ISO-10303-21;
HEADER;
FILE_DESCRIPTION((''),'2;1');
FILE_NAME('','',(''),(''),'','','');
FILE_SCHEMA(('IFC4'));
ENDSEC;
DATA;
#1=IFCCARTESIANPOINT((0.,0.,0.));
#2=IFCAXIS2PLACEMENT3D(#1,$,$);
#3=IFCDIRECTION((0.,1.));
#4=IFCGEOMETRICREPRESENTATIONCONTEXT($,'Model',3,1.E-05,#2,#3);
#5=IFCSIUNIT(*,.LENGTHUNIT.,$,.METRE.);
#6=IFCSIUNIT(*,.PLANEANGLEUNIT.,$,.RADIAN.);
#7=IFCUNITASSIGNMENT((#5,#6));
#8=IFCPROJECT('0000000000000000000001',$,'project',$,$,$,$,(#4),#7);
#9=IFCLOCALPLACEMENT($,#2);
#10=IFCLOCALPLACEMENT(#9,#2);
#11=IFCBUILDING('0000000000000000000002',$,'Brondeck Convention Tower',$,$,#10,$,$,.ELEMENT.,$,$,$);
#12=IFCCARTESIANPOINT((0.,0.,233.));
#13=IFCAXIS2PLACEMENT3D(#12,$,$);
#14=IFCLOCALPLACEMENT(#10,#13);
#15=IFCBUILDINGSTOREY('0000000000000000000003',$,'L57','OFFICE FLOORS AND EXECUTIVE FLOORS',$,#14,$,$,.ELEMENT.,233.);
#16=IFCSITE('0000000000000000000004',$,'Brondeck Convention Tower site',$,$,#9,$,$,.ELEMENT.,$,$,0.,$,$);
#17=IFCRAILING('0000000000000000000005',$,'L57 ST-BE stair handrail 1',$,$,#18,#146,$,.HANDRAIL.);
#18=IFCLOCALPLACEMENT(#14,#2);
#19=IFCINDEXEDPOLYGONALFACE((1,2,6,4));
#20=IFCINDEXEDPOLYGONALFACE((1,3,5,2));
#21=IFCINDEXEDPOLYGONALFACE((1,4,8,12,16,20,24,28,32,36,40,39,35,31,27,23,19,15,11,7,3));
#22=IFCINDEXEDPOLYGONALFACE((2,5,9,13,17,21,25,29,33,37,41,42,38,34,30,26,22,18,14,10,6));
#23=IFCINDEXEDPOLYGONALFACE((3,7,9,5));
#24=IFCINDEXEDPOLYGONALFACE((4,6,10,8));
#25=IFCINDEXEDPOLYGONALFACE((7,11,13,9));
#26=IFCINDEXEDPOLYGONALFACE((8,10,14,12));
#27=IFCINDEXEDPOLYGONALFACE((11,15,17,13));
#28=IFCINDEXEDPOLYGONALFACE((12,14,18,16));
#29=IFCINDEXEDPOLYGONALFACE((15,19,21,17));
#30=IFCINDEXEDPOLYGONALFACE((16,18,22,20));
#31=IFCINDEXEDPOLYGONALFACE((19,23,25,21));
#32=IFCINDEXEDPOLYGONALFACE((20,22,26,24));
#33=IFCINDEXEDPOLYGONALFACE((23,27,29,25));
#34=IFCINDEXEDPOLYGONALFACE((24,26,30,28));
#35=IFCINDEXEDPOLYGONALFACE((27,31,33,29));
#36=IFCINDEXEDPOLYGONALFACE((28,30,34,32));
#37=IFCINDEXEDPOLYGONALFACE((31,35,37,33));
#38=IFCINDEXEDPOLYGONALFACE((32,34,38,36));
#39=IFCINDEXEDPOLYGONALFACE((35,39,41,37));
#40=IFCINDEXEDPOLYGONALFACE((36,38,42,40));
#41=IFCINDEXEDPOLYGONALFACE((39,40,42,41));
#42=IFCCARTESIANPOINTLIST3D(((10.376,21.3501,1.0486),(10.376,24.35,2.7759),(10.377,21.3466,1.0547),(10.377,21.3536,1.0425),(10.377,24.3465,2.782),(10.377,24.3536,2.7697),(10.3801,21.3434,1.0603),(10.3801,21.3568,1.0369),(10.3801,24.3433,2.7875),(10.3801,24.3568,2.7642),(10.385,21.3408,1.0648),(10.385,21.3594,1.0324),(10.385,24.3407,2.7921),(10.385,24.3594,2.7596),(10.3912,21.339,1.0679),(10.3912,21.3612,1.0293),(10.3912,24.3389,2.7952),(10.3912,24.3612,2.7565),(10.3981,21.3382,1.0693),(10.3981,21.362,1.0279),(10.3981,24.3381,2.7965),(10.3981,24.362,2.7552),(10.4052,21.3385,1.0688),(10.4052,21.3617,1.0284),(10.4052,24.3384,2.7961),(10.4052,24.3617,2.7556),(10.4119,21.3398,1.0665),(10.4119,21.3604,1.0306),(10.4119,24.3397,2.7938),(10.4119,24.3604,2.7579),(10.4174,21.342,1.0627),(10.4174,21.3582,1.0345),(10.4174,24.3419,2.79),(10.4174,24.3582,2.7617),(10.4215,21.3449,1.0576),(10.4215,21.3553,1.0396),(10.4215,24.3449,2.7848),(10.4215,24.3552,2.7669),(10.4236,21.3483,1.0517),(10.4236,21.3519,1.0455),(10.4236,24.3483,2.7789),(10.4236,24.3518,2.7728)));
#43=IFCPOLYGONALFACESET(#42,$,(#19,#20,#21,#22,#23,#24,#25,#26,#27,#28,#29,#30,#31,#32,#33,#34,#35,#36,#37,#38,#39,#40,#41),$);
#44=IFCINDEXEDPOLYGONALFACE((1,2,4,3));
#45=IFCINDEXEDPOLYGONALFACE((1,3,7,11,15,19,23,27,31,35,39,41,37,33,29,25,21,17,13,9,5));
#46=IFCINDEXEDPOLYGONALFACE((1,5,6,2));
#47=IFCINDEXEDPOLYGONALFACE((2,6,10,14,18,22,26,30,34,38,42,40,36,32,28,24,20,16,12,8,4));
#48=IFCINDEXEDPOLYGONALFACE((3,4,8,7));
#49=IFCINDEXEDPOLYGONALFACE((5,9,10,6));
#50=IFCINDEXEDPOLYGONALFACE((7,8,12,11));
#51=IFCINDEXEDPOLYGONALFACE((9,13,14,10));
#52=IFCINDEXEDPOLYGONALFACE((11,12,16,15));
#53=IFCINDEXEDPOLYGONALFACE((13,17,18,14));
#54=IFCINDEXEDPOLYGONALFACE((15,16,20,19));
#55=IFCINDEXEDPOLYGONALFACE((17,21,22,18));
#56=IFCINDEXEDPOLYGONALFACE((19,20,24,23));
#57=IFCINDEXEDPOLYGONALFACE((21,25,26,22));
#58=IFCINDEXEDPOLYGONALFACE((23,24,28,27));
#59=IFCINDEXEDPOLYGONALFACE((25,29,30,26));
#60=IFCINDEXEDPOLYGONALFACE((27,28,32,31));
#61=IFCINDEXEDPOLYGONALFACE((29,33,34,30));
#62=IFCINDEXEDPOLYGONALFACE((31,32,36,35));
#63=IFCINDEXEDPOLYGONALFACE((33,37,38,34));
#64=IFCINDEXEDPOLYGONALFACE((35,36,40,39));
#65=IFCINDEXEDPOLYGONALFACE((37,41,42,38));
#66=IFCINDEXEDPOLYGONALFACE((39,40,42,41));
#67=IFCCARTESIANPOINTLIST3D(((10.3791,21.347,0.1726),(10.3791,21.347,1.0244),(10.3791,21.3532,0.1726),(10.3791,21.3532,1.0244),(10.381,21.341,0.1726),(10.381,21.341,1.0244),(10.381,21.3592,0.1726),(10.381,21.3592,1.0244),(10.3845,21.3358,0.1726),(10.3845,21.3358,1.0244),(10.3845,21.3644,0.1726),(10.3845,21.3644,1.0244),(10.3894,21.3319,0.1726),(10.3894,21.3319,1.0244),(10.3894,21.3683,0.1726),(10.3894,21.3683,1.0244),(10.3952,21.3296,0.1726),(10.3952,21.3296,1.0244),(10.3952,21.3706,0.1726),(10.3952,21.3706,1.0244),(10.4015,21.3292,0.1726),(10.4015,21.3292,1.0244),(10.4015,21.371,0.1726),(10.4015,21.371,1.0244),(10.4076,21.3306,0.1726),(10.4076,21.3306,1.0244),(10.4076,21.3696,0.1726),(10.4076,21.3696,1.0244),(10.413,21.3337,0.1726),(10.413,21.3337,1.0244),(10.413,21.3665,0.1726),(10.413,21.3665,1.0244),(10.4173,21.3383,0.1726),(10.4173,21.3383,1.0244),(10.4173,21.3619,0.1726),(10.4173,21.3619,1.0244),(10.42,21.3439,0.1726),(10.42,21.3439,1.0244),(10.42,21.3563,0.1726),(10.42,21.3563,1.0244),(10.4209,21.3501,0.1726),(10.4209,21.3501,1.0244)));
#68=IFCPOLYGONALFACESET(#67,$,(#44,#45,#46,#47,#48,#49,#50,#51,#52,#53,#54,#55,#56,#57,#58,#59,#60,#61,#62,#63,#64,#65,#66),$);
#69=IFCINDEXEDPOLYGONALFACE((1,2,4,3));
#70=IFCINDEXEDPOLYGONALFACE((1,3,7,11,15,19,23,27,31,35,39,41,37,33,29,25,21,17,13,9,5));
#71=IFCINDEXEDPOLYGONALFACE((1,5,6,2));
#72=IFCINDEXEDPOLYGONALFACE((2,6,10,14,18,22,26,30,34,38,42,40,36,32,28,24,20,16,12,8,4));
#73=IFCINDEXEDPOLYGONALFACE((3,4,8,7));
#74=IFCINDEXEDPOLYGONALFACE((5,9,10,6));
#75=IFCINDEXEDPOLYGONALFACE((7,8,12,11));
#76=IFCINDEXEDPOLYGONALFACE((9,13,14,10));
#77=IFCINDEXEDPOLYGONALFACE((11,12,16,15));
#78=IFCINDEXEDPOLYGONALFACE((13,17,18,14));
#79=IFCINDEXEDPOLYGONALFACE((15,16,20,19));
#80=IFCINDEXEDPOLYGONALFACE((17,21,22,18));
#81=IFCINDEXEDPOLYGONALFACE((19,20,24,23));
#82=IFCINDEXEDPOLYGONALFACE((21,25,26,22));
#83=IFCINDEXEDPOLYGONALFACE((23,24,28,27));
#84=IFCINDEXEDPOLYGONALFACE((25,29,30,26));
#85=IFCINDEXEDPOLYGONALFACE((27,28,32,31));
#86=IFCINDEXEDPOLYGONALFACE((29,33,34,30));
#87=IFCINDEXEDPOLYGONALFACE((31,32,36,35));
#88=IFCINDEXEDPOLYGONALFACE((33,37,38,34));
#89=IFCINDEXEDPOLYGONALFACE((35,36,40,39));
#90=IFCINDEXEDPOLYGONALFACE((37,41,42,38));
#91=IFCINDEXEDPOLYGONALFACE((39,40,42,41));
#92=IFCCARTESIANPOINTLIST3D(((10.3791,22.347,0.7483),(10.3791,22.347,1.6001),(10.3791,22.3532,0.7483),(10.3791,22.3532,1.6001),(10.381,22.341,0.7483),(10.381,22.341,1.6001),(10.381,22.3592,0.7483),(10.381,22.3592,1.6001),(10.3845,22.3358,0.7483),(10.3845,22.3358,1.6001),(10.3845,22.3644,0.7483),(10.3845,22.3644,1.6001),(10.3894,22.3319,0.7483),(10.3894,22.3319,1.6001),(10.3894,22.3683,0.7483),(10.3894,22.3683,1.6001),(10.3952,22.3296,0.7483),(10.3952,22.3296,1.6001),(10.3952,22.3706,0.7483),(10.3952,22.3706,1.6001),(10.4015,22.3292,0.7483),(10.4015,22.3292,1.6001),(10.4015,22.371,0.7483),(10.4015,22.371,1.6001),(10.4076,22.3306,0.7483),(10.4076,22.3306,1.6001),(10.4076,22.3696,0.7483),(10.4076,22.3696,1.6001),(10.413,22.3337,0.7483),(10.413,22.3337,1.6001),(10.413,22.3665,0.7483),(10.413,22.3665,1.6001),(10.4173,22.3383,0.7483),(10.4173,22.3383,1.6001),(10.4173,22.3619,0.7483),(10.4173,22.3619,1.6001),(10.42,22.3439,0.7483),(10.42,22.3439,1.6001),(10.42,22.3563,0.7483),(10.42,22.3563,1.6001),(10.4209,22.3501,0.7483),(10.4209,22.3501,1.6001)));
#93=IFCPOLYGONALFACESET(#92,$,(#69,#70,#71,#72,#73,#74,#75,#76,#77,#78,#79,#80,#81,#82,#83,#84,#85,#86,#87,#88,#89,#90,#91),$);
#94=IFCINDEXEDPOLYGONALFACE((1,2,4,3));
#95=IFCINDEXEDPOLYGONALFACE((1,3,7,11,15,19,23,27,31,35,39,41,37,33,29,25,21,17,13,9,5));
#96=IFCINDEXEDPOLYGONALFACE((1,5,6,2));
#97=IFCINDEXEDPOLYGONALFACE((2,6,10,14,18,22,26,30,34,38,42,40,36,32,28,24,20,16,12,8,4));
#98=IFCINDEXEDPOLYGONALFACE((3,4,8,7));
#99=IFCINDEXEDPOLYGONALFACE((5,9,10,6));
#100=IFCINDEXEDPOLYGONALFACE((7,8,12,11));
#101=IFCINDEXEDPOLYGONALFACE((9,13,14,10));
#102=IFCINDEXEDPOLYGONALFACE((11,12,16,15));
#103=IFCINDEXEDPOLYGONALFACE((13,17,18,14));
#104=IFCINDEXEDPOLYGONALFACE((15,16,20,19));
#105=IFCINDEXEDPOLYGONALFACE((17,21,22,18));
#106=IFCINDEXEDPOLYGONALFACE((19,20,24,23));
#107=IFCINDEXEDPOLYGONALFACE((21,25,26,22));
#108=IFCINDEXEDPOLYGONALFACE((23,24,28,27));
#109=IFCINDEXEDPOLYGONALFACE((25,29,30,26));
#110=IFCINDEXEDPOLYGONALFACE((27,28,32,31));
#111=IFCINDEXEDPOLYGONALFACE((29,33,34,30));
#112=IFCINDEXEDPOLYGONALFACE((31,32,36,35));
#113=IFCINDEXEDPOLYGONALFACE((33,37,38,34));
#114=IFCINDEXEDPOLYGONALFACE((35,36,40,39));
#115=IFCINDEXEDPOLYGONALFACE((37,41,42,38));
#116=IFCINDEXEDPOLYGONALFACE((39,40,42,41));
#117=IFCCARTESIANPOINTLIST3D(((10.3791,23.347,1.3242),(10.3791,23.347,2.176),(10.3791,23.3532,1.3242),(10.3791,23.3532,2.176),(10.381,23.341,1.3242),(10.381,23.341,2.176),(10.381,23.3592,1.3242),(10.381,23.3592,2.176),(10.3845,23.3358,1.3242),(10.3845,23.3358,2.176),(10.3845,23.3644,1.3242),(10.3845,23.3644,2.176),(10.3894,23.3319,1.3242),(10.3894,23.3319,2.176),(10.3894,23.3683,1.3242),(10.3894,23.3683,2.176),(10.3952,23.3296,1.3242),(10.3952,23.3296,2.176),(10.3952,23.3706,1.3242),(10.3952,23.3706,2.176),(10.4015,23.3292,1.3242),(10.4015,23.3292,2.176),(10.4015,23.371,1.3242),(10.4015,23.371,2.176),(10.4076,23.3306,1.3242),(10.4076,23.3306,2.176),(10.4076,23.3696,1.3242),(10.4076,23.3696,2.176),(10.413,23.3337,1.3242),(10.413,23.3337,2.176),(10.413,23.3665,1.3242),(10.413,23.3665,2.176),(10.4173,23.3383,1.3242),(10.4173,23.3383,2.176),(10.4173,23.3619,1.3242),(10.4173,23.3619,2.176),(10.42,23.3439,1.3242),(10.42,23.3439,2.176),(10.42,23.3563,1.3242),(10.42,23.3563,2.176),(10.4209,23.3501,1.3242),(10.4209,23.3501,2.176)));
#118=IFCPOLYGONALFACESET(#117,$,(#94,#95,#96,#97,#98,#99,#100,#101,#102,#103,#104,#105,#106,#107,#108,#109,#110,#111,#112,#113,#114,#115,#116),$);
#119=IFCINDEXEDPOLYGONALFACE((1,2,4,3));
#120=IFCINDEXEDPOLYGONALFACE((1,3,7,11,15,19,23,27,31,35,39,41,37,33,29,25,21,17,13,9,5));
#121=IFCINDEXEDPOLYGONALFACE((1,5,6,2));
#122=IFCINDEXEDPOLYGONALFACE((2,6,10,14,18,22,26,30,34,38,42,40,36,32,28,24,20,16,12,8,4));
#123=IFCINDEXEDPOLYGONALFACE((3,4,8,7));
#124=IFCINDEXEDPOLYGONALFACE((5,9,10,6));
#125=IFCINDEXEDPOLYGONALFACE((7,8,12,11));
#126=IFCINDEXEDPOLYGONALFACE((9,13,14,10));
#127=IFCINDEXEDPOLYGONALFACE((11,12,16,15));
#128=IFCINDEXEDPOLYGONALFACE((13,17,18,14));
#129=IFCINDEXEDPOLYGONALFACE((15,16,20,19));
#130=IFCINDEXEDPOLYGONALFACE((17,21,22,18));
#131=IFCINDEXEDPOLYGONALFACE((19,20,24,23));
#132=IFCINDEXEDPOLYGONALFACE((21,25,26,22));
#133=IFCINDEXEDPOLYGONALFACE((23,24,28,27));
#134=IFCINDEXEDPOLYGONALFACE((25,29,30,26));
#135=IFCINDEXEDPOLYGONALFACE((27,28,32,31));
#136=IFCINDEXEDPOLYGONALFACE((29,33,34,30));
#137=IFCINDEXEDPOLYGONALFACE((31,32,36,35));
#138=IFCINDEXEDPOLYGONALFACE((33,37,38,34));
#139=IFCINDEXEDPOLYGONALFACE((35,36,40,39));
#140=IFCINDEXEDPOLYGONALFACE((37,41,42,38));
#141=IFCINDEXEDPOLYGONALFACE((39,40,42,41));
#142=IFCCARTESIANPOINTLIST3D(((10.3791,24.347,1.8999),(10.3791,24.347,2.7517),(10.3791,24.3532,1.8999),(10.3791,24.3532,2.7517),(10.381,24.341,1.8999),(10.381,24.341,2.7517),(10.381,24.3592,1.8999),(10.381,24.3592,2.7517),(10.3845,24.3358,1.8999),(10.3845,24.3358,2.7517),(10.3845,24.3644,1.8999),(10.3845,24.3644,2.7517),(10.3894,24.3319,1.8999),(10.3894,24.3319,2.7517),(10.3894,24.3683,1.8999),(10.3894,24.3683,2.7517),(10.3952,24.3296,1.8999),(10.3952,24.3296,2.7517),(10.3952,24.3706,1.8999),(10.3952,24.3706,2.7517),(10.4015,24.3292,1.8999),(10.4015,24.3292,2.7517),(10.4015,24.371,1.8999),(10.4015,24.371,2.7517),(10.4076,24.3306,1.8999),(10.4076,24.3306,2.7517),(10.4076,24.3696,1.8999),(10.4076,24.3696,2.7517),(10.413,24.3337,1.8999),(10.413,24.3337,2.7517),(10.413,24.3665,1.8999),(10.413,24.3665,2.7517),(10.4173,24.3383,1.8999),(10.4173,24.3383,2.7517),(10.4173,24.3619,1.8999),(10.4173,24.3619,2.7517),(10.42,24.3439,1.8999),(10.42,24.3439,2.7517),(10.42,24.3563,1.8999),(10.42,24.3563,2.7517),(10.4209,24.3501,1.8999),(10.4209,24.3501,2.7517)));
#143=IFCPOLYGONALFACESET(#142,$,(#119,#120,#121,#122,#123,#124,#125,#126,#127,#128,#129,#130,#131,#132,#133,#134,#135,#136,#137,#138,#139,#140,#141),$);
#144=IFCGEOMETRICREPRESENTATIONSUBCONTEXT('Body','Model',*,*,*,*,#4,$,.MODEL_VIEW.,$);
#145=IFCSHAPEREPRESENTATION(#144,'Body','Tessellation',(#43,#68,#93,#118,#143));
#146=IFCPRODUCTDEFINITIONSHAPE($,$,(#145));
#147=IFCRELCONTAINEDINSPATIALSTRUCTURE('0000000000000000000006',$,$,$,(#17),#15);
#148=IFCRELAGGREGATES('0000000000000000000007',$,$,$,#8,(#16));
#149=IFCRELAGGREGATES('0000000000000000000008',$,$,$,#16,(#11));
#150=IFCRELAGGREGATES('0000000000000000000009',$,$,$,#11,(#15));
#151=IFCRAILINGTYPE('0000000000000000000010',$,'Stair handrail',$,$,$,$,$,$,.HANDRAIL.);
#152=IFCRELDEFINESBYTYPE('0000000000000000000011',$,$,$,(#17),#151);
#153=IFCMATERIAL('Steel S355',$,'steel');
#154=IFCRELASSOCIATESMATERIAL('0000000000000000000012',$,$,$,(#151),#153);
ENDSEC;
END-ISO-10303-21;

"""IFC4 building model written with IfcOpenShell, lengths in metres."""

from ifc_helpers import new_model, si_unit, direction, frame, origin, origin_2d, place, context, subcontext, project, spatial, circle, extrude, material, type_object, element, save


model = new_model("IFC4")

# Units and contexts
model_context = context("Model", 3, precision=1e-05, world=origin(), true_north=direction((0.0, 1.0)))
body_context = subcontext(model_context, "Body", "Model", "MODEL_VIEW")
ifc_project = project(units=[si_unit("LENGTHUNIT", "METRE"), si_unit("PLANEANGLEUNIT", "RADIAN")], contexts=[model_context])

# Site, building, storey
site_placement = place(None, origin())
site = spatial("IfcSite", under=ifc_project, at=site_placement, Name="Brondeck Convention Tower site", CompositionType="ELEMENT", RefElevation=0.0)
building_placement = place(site_placement, origin())
building = spatial("IfcBuilding", under=site, at=building_placement, Name="Brondeck Convention Tower", CompositionType="ELEMENT")
storey_placement = place(building_placement, frame((0.0, 0.0, 233.0)))
storey = spatial("IfcBuildingStorey", under=building, at=storey_placement, Name="L57", Description="OFFICE FLOORS AND EXECUTIVE FLOORS", CompositionType="ELEMENT", Elevation=233.0)

# Shared definitions
ifc_material_1 = material(Name="Steel S355", Category="steel")

# Railing
railing_type_1 = type_object("IfcRailingType", Name="Stair handrail", PredefinedType="HANDRAIL", material=ifc_material_1)
railing_1_placement = place(storey_placement, frame((10.3999, 21.3501, 0.1726)))
element("IfcRailing", 1, at=railing_1_placement, inside=storey, type_object=railing_type_1, Name="L57 ST-BE stair handrail 1", PredefinedType="HANDRAIL", context=body_context, shape_type="SweptSolid", body=[
    extrude(circle(Radius=0.0239, at=origin_2d()), frame((0.0, 0.0, 0.876), z_axis=(0.0, 0.86662, 0.498969), x_axis=(-1.0, 0.0, 0.0)), (0.0, 0.0, 1.0), 3.4617),
    extrude(circle(Radius=0.021, at=origin_2d()), origin(), (0.0, 0.0, 1.0), 0.8518),
    extrude(circle(Radius=0.021, at=origin_2d()), frame((0.0, 1.0, 0.5757)), (0.0, 0.0, 1.0), 0.8518),
    extrude(circle(Radius=0.021, at=origin_2d()), frame((0.0, 2.0, 1.1516)), (0.0, 0.0, 1.0), 0.8518),
    extrude(circle(Radius=0.021, at=origin_2d()), frame((0.0, 3.0, 1.7273)), (0.0, 0.0, 1.0), 0.8518),
])

save(model, "model.ifc")
